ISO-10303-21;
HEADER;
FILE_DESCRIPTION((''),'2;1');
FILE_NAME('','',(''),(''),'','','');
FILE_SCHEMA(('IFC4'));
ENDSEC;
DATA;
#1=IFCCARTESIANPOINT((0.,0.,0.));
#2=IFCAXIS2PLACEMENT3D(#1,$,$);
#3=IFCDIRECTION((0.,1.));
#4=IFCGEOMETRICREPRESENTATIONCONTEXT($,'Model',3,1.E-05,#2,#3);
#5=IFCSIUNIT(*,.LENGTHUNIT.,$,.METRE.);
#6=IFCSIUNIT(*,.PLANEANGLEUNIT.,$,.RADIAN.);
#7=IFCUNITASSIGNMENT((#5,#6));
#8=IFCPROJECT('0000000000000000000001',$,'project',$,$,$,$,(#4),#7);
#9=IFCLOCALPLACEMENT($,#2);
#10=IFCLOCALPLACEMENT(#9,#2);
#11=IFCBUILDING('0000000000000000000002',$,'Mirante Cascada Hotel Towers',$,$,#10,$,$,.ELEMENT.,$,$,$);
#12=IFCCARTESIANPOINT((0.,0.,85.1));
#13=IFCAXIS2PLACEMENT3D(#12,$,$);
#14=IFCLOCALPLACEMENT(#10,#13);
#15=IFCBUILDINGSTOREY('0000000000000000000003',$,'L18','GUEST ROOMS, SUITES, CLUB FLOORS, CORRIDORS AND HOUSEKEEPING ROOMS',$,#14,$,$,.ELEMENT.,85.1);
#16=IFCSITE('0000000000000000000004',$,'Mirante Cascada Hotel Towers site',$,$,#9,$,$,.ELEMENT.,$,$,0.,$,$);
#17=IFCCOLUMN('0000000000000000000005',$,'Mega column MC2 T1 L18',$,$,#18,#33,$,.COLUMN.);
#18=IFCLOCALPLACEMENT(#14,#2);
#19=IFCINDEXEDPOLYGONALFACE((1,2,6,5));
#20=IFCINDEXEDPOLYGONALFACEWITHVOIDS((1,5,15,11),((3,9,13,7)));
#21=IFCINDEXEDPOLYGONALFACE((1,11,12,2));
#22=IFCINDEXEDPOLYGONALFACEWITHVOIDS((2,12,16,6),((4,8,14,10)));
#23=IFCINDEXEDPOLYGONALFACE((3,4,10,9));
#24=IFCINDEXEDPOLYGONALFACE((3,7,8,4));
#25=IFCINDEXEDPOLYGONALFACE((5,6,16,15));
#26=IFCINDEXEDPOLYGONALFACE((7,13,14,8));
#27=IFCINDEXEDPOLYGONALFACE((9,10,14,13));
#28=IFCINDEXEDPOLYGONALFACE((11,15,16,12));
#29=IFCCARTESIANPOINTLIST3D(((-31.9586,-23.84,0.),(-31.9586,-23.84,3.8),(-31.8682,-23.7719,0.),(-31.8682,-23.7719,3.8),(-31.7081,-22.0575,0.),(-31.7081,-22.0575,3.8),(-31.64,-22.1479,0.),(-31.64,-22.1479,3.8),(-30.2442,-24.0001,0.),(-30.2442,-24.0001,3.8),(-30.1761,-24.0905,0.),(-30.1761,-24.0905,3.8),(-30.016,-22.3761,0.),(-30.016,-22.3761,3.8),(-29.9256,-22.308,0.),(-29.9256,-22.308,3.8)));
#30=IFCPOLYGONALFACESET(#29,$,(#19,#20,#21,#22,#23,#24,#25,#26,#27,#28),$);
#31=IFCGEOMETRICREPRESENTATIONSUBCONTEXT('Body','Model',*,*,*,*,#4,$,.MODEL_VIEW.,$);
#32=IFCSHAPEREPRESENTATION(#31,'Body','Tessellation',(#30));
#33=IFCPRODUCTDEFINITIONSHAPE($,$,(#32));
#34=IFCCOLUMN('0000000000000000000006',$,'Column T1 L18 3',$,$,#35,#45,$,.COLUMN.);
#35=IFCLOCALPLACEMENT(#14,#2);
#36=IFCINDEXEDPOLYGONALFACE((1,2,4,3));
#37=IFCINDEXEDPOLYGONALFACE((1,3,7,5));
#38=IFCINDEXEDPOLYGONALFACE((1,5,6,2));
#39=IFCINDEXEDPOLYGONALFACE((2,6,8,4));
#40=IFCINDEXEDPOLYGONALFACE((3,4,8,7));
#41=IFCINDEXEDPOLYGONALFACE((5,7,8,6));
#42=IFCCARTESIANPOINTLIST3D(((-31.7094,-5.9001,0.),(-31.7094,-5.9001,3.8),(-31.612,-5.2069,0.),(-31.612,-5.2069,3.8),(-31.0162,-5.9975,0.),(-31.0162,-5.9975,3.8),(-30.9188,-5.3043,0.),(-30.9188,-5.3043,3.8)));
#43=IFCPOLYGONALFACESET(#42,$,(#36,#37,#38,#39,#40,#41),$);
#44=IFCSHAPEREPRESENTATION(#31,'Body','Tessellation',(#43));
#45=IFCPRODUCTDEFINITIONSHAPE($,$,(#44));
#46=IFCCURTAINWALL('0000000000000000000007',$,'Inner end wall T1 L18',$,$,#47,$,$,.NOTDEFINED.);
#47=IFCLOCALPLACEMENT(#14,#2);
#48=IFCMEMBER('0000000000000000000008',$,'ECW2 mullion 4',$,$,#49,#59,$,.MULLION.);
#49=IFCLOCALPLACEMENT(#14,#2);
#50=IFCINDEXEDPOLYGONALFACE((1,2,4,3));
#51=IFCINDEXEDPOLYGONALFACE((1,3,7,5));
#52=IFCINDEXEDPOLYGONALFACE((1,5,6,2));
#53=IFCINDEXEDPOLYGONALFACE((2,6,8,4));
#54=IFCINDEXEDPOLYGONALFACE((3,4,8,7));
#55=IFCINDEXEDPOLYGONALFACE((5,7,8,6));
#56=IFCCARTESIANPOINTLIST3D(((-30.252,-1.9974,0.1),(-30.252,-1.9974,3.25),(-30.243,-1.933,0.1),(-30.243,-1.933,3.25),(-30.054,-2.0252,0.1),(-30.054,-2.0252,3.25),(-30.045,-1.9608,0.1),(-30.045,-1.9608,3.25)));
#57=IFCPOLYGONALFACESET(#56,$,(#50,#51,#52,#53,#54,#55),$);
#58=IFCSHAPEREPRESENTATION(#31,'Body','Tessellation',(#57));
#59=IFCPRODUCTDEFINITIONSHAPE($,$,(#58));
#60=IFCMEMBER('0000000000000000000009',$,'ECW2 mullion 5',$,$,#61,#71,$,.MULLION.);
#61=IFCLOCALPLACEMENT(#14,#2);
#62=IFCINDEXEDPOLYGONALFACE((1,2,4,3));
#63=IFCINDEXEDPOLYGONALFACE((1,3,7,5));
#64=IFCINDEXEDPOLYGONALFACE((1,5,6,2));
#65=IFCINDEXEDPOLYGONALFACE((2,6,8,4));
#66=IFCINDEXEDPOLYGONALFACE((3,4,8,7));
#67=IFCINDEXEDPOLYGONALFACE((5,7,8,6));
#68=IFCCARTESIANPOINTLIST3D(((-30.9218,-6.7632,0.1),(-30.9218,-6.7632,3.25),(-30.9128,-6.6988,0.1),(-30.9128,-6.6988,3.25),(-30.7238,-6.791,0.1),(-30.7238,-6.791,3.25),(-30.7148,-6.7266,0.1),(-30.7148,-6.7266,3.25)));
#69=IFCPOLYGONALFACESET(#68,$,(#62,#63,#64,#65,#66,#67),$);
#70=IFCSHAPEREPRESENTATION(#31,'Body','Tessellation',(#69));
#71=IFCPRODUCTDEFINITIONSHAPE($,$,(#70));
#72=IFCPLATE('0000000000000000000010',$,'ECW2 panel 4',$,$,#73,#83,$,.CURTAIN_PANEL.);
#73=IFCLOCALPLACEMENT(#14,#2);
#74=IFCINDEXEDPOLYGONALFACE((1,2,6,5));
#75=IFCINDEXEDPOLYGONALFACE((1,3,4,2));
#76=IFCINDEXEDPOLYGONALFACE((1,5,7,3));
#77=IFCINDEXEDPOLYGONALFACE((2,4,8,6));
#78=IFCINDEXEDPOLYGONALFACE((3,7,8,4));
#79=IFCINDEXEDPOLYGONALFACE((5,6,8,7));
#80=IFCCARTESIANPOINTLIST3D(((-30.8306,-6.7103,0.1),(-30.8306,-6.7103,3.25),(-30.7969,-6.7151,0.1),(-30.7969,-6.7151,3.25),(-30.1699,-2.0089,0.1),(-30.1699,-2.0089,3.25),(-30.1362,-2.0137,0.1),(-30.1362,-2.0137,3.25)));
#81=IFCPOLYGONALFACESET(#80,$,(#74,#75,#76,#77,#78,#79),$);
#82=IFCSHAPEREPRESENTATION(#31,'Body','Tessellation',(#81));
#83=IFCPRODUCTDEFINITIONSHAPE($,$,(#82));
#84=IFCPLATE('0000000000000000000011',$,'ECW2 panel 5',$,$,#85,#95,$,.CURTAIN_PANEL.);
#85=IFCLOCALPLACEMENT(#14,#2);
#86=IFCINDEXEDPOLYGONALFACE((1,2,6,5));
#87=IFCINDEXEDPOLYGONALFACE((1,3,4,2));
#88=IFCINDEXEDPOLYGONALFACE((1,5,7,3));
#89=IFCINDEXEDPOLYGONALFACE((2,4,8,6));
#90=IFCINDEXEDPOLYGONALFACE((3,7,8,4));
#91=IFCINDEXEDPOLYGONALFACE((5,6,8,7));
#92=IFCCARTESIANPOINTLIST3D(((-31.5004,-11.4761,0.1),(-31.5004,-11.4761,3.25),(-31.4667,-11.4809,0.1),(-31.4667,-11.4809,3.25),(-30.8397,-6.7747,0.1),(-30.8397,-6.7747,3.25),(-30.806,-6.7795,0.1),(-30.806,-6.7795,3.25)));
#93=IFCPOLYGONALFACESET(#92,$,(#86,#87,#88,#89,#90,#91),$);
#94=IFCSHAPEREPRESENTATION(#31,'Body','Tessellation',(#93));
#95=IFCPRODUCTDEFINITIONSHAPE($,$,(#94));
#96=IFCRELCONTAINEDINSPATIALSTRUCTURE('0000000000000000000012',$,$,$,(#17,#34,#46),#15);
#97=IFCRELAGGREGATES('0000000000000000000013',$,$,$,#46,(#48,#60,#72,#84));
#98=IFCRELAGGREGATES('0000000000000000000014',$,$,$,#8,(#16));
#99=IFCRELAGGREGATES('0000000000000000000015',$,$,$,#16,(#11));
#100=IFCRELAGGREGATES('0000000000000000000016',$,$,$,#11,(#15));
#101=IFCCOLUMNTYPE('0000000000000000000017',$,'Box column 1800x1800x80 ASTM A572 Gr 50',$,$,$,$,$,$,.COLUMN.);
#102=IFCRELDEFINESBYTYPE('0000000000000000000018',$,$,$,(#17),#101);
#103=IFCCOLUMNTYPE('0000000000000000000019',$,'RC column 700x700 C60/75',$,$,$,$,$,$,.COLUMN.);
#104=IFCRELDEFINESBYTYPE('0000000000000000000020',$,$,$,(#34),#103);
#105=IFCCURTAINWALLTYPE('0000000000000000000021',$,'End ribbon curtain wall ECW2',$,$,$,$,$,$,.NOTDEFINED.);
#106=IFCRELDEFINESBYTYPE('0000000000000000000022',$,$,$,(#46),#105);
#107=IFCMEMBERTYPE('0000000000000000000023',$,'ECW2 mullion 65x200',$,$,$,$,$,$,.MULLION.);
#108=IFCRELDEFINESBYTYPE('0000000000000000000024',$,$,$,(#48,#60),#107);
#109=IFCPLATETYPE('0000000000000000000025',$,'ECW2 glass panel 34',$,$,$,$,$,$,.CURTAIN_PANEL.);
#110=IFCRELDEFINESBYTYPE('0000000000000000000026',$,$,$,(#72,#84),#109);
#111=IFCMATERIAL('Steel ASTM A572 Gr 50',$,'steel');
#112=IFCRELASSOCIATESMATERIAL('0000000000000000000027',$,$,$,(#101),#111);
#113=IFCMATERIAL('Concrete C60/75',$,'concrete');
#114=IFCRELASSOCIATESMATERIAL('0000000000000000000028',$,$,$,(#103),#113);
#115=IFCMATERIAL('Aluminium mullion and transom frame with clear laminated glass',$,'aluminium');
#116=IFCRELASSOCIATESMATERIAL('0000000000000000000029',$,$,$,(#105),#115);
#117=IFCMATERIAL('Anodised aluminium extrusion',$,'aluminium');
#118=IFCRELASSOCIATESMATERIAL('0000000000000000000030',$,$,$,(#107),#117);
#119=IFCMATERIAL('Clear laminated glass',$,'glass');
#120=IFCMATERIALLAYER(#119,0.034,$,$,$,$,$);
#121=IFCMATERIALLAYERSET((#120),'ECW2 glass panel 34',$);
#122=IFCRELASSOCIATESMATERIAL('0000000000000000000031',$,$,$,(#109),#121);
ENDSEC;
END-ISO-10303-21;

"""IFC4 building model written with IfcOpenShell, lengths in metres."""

from ifc_helpers import new_model, si_unit, direction, frame, origin, origin_2d, place, context, subcontext, project, spatial, rectangle, hollow_rectangle, extrude, material, layer, layer_set, material_profile, profile_set, type_object, element, aggregate, save


model = new_model("IFC4")

# Units and contexts
model_context = context("Model", 3, precision=1e-05, world=origin(), true_north=direction((0.0, 1.0)))
body_context = subcontext(model_context, "Body", "Model", "MODEL_VIEW")
ifc_project = project(units=[si_unit("LENGTHUNIT", "METRE"), si_unit("PLANEANGLEUNIT", "RADIAN")], contexts=[model_context])

# Site, building, storey
site_placement = place(None, origin())
site = spatial("IfcSite", under=ifc_project, at=site_placement, Name="Mirante Cascada Hotel Towers site", CompositionType="ELEMENT", RefElevation=0.0)
building_placement = place(site_placement, origin())
building = spatial("IfcBuilding", under=site, at=building_placement, Name="Mirante Cascada Hotel Towers", CompositionType="ELEMENT")
storey_placement = place(building_placement, frame((0.0, 0.0, 85.1)))
storey = spatial("IfcBuildingStorey", under=building, at=storey_placement, Name="L18", Description="GUEST ROOMS, SUITES, CLUB FLOORS, CORRIDORS AND HOUSEKEEPING ROOMS", CompositionType="ELEMENT", Elevation=85.1)

# Columns
ifc_material_1 = material(Name="Steel ASTM A572 Gr 50", Category="steel")
ifc_material_profile_1 = material_profile(ifc_material_1, hollow_rectangle(XDim=1.8, YDim=1.8, WallThickness=0.08, at=origin_2d()), Name="Box column 1800x1800x80 ASTM A572 Gr 50")
ifc_profile_set_1 = profile_set([ifc_material_profile_1], Name="Steel ASTM A572 Gr 50")
column_type_1 = type_object("IfcColumnType", Name="Box column 1800x1800x80 ASTM A572 Gr 50", PredefinedType="COLUMN", material=ifc_profile_set_1)
column_1_placement = place(storey_placement, frame((-30.9421, -23.074, 0.0), z_axis=(0.0, 0.0, 1.0), x_axis=(-0.990268, 0.139173, 0.0)))
element("IfcColumn", 1, at=column_1_placement, inside=storey, type_object=column_type_1, Name="Mega column MC2 T1 L18", PredefinedType="COLUMN", context=body_context, shape_type="SweptSolid", body=[
    extrude(hollow_rectangle(XDim=1.8, YDim=1.8, WallThickness=0.08, at=origin_2d()), origin(), (0.0, 0.0, 1.0), 3.8),
])
ifc_material_2 = material(Name="Concrete C60/75", Category="concrete")
ifc_material_profile_2 = material_profile(ifc_material_2, rectangle(XDim=0.7, YDim=0.7, at=origin_2d()), Name="RC column 700x700 C60/75")
ifc_profile_set_2 = profile_set([ifc_material_profile_2], Name="Concrete C60/75")
column_type_2 = type_object("IfcColumnType", Name="RC column 700x700 C60/75", PredefinedType="COLUMN", material=ifc_profile_set_2)
column_2_placement = place(storey_placement, frame((-31.3141, -5.6022, 0.0), z_axis=(0.0, 0.0, 1.0), x_axis=(-0.990268, 0.139173, 0.0)))
element("IfcColumn", 2, at=column_2_placement, inside=storey, type_object=column_type_2, Name="Column T1 L18 3", PredefinedType="COLUMN", context=body_context, shape_type="SweptSolid", body=[
    extrude(rectangle(XDim=0.7, YDim=0.7, at=origin_2d()), origin(), (0.0, 0.0, 1.0), 3.8),
])

# Curtain wall, members, plates
ifc_material_3 = material(Name="Aluminium mullion and transom frame with clear laminated glass", Category="aluminium")
curtain_wall_type = type_object("IfcCurtainWallType", Name="End ribbon curtain wall ECW2", PredefinedType="NOTDEFINED", material=ifc_material_3)
curtain_wall_placement = place(storey_placement, origin())
curtain_wall = element("IfcCurtainWall", 3, at=curtain_wall_placement, inside=storey, type_object=curtain_wall_type, Name="Inner end wall T1 L18", PredefinedType="NOTDEFINED")
ifc_material_4 = material(Name="Anodised aluminium extrusion", Category="aluminium")
ifc_material_profile_3 = material_profile(ifc_material_4, rectangle(XDim=0.2, YDim=0.065, at=origin_2d()), Name="ECW2 MULLION 65x200")
ifc_profile_set_3 = profile_set([ifc_material_profile_3], Name="Anodised aluminium extrusion")
member_type = type_object("IfcMemberType", Name="ECW2 mullion 65x200", PredefinedType="MULLION", material=ifc_profile_set_3)
member_1_placement = place(storey_placement, frame((-30.1485, -1.9791, 0.1), z_axis=(0.0, 0.0, 1.0), x_axis=(0.990268, -0.139173, 0.0)))
member_1 = element("IfcMember", 4, at=member_1_placement, type_object=member_type, Name="ECW2 mullion 4", PredefinedType="MULLION", context=body_context, shape_type="SweptSolid", body=[
    extrude(rectangle(XDim=0.2, YDim=0.065, at=origin_2d()), origin(), (0.0, 0.0, 1.0), 3.15),
])
member_2_placement = place(storey_placement, frame((-30.8183, -6.7449, 0.1), z_axis=(0.0, 0.0, 1.0), x_axis=(0.990268, -0.139173, 0.0)))
member_2 = element("IfcMember", 5, at=member_2_placement, type_object=member_type, Name="ECW2 mullion 5", PredefinedType="MULLION", context=body_context, shape_type="SweptSolid", body=[
    extrude(rectangle(XDim=0.2, YDim=0.065, at=origin_2d()), origin(), (0.0, 0.0, 1.0), 3.15),
])
ifc_material_5 = material(Name="Clear laminated glass", Category="glass")
ifc_layer_1 = layer(ifc_material_5, 0.034)
ifc_layer_set_1 = layer_set([ifc_layer_1], Name="ECW2 glass panel 34")
plate_type = type_object("IfcPlateType", Name="ECW2 glass panel 34", PredefinedType="CURTAIN_PANEL", material=ifc_layer_set_1)
plate_1_placement = place(storey_placement, frame((-30.4834, -4.362, 0.1), z_axis=(0.0, 0.0, 1.0), x_axis=(-0.139173, -0.990268, 0.0)))
plate_1 = element("IfcPlate", 6, at=plate_1_placement, type_object=plate_type, Name="ECW2 panel 4", PredefinedType="CURTAIN_PANEL", context=body_context, shape_type="SweptSolid", body=[
    extrude(rectangle(XDim=4.7476, YDim=0.034, at=origin_2d()), origin(), (0.0, 0.0, 1.0), 3.15),
])
plate_2_placement = place(storey_placement, frame((-31.1532, -9.1278, 0.1), z_axis=(0.0, 0.0, 1.0), x_axis=(-0.139173, -0.990268, 0.0)))
plate_2 = element("IfcPlate", 7, at=plate_2_placement, type_object=plate_type, Name="ECW2 panel 5", PredefinedType="CURTAIN_PANEL", context=body_context, shape_type="SweptSolid", body=[
    extrude(rectangle(XDim=4.7476, YDim=0.034, at=origin_2d()), origin(), (0.0, 0.0, 1.0), 3.15),
])
aggregate(curtain_wall, [member_1, member_2, plate_1, plate_2])

save(model, "model.ifc")
